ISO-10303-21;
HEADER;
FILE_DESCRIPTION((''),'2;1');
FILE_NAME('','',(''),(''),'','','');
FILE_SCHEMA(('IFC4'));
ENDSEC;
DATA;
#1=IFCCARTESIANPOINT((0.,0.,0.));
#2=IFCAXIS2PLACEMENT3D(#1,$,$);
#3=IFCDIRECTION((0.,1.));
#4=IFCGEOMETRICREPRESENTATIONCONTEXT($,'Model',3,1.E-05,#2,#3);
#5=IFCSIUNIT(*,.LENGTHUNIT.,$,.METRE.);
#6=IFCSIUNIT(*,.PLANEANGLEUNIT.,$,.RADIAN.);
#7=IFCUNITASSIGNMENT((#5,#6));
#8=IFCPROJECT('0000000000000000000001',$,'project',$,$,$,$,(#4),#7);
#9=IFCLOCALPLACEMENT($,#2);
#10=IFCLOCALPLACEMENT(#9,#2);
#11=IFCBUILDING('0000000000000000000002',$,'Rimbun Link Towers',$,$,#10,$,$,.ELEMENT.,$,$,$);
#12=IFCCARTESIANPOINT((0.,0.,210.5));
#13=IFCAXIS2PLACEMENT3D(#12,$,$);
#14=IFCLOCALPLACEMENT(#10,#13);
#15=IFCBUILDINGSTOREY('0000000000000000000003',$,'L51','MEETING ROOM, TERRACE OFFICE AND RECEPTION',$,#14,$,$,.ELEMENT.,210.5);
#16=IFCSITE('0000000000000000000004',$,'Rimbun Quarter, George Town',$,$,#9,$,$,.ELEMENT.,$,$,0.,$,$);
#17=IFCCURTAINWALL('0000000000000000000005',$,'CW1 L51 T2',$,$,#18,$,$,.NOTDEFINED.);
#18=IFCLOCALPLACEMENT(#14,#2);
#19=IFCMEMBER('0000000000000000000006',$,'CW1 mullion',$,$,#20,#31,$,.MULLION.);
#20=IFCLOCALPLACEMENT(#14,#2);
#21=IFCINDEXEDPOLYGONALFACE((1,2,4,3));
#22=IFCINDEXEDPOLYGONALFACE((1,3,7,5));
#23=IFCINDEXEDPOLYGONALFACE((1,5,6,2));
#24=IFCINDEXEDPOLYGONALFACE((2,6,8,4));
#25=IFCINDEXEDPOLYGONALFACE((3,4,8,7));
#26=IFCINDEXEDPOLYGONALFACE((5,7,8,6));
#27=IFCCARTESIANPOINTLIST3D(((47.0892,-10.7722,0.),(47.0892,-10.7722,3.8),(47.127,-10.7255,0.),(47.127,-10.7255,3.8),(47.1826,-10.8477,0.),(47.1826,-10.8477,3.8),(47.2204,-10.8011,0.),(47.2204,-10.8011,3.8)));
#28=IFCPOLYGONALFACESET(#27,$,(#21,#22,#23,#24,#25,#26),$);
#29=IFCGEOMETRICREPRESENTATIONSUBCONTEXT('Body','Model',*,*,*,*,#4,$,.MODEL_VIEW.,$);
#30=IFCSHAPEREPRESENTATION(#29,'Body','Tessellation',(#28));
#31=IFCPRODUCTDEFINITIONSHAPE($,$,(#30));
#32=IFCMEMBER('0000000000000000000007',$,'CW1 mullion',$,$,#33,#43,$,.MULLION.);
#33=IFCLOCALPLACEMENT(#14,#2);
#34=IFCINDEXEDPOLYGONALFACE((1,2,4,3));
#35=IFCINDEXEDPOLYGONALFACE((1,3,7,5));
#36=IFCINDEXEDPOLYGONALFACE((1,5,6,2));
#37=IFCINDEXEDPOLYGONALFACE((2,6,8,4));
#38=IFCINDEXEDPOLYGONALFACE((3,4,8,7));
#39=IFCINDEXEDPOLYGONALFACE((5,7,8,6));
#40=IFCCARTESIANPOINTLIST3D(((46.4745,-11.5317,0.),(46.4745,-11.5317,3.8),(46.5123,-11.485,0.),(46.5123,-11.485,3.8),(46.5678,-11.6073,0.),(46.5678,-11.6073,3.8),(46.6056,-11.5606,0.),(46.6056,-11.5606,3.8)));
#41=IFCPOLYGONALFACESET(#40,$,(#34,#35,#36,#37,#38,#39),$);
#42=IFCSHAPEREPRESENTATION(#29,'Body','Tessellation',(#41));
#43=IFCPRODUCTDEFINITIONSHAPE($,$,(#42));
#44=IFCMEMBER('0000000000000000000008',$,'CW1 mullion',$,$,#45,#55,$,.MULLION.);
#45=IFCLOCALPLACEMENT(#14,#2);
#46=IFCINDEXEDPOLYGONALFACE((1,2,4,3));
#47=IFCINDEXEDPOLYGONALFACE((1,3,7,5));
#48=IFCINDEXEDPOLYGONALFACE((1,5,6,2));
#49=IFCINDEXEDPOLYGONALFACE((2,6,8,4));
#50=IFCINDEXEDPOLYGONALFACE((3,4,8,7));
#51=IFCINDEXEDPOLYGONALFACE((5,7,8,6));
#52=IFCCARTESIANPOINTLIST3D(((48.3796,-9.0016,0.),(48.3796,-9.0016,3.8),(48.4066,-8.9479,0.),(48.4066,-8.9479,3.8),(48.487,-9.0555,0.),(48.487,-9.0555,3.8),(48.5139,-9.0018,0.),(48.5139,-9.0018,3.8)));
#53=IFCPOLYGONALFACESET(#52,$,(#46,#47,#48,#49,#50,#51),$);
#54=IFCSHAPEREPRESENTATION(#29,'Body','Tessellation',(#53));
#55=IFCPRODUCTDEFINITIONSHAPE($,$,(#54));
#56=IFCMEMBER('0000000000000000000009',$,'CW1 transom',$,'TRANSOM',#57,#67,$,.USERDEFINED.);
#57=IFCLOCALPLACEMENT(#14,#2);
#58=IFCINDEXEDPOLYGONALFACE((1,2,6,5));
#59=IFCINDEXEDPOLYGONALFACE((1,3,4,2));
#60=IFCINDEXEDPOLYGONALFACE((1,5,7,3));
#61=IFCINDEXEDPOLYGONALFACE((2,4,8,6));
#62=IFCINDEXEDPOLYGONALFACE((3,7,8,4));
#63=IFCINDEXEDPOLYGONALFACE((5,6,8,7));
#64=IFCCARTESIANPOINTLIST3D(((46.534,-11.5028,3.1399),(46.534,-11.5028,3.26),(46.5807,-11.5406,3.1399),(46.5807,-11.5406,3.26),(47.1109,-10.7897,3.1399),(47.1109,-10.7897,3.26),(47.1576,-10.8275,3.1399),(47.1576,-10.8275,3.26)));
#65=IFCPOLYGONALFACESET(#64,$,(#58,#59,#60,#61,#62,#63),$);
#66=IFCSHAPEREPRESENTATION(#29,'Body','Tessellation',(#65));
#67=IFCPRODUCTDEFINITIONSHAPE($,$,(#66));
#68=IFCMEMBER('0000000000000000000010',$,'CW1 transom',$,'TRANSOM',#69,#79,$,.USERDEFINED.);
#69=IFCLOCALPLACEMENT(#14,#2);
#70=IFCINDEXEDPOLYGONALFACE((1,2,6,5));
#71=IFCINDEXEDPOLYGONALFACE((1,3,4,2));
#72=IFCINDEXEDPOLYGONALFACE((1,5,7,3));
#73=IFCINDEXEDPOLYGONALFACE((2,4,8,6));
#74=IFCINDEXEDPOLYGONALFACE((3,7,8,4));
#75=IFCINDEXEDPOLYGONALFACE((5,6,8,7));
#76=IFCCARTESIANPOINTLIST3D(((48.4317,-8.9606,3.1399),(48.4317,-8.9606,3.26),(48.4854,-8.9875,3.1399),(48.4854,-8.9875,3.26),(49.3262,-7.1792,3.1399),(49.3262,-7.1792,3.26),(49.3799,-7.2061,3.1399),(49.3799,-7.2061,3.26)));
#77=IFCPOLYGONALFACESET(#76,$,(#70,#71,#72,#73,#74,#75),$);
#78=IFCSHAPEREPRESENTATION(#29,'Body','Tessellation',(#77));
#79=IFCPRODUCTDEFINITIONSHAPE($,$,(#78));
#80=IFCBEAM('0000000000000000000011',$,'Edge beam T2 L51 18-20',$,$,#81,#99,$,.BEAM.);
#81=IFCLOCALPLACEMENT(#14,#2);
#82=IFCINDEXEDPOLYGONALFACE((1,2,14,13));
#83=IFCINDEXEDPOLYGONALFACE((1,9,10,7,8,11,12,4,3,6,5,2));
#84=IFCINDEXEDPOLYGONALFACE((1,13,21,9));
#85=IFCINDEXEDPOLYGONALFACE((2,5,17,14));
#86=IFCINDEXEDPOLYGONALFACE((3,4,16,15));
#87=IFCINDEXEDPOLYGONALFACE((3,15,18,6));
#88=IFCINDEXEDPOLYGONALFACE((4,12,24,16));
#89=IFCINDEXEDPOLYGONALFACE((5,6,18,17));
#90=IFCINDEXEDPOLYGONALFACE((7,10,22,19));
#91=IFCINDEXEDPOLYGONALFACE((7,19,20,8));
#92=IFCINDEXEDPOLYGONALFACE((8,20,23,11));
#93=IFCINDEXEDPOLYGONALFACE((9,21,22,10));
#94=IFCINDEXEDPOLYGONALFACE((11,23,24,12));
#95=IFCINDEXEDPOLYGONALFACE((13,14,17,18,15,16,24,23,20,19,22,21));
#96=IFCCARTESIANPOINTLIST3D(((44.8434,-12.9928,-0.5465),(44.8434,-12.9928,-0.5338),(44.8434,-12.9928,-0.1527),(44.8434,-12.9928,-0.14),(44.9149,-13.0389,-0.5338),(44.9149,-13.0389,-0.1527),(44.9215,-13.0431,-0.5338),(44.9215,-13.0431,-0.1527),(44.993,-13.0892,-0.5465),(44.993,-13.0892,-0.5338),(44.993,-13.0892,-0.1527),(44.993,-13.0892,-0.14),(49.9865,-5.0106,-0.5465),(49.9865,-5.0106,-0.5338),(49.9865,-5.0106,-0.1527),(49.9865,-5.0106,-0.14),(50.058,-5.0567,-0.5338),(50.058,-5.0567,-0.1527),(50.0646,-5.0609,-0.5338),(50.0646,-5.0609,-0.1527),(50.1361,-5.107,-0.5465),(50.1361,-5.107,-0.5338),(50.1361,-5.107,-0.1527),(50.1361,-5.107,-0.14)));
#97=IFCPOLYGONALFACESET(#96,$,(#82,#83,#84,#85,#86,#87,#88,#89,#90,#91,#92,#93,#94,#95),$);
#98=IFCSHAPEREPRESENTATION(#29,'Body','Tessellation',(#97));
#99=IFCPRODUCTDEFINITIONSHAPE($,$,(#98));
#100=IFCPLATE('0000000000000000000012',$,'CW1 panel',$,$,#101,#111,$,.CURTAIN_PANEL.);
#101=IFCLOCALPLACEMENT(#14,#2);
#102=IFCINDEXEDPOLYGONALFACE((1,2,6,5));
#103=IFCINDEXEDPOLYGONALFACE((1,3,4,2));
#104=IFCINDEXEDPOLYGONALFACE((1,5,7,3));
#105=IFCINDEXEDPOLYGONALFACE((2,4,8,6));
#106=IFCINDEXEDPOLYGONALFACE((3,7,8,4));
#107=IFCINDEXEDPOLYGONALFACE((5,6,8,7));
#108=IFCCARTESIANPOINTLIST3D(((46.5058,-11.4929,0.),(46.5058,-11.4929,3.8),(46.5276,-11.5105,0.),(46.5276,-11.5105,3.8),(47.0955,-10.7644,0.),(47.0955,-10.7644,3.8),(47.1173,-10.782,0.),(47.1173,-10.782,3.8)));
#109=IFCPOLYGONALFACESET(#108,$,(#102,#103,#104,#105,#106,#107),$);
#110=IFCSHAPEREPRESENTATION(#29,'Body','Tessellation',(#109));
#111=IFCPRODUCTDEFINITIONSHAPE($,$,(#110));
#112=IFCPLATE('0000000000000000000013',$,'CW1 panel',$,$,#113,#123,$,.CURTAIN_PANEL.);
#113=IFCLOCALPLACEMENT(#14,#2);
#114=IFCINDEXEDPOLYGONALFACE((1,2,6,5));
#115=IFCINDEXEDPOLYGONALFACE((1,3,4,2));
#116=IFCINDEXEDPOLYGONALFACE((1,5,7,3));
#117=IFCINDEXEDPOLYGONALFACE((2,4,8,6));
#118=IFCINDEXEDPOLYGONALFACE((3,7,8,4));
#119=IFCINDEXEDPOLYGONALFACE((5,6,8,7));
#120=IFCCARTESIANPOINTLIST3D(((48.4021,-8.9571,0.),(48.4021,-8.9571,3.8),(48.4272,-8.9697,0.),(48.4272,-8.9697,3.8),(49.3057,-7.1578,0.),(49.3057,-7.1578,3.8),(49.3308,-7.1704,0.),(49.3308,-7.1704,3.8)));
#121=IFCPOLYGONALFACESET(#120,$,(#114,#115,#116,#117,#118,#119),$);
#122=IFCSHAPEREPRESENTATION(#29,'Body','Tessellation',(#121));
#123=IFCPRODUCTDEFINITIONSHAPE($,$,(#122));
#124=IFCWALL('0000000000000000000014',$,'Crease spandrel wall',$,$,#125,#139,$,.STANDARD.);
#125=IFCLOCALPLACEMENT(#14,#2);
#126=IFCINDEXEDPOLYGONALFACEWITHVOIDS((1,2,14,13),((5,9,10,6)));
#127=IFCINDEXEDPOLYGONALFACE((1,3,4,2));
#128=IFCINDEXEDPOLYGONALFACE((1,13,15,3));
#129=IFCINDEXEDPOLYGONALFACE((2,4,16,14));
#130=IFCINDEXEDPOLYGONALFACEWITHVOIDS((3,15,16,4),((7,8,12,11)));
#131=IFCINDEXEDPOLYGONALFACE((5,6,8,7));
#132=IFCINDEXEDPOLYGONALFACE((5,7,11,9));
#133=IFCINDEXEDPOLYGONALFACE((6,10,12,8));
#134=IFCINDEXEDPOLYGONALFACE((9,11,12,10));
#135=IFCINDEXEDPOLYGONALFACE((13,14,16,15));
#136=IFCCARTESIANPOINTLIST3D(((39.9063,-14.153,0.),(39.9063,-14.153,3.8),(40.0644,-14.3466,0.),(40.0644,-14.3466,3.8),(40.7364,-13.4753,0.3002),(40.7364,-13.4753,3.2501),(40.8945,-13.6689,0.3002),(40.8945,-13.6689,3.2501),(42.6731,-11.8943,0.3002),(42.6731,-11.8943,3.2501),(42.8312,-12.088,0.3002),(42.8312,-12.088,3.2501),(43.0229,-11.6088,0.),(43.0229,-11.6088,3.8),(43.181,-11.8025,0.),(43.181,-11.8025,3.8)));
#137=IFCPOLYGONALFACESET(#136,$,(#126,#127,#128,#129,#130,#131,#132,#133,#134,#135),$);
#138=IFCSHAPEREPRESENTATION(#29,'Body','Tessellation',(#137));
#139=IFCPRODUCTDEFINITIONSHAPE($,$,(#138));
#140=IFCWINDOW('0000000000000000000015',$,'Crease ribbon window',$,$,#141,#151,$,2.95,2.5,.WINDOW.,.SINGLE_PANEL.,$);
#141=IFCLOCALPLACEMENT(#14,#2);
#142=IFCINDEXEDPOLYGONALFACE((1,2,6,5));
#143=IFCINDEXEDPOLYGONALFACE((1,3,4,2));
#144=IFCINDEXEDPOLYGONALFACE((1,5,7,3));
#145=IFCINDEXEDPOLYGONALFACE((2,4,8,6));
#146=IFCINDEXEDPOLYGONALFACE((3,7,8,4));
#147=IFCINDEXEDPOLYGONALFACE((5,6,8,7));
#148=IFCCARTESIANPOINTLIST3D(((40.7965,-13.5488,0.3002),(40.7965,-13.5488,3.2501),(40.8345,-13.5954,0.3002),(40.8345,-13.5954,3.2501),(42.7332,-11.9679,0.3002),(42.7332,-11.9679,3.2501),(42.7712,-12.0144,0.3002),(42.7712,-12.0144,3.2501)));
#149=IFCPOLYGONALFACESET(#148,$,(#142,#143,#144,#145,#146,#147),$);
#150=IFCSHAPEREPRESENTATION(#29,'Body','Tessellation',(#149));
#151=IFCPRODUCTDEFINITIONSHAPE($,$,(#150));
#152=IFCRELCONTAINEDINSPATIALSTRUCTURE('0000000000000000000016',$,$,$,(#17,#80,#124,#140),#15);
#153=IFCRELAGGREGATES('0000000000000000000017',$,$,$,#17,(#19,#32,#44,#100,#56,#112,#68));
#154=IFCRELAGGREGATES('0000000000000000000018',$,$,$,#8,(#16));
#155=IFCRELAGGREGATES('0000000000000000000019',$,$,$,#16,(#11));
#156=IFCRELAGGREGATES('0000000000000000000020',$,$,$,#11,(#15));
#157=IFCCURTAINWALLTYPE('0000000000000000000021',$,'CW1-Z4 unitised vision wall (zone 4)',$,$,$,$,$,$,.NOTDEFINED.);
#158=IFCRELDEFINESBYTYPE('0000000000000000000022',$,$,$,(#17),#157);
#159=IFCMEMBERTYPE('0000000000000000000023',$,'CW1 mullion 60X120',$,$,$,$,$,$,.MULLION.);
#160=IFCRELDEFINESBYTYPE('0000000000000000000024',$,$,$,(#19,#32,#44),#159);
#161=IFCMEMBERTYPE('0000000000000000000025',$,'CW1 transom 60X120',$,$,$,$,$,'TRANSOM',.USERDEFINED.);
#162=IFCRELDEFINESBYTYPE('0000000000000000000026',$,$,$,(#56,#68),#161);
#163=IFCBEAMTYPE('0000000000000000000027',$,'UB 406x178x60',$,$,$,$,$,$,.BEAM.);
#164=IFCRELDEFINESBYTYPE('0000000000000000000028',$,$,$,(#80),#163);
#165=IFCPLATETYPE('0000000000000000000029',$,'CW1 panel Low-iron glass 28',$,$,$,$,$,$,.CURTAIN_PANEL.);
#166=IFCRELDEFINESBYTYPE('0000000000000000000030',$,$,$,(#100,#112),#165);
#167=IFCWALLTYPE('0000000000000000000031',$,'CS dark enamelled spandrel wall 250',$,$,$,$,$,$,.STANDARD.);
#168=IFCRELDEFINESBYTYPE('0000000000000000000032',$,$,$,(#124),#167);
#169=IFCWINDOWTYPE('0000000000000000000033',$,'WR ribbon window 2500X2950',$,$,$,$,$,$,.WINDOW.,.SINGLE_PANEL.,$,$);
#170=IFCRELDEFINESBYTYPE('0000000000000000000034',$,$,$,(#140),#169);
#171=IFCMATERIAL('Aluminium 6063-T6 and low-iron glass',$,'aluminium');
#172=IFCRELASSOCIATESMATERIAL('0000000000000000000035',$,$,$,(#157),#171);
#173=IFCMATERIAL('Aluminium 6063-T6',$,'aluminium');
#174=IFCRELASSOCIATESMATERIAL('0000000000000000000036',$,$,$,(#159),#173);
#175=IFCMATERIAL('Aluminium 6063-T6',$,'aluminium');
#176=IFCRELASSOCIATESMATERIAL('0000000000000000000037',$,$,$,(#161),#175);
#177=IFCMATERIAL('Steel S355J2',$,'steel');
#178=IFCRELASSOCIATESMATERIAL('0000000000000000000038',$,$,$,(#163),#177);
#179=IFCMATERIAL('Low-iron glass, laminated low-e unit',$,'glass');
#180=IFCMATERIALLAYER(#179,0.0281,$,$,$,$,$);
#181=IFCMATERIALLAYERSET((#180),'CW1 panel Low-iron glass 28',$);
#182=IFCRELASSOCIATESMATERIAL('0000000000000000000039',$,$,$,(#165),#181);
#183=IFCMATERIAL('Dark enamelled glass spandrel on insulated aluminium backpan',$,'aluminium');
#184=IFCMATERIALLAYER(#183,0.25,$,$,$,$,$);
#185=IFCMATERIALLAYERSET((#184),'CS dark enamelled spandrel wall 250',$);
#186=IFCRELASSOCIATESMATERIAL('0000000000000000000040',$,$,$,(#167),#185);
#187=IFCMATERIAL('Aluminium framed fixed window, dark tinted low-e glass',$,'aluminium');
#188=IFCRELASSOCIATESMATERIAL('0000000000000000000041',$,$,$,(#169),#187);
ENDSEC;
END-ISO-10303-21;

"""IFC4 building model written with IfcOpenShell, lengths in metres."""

from ifc_helpers import new_model, si_unit, direction, frame, frame_2d, origin, origin_2d, place, context, subcontext, project, spatial, rectangle, i_section, extrude, material, layer, layer_set, material_profile, profile_set, type_object, element, fill, aggregate, save


model = new_model("IFC4")

# Units and contexts
model_context = context("Model", 3, precision=1e-05, world=origin(), true_north=direction((0.0, 1.0)))
body_context = subcontext(model_context, "Body", "Model", "MODEL_VIEW")
ifc_project = project(units=[si_unit("LENGTHUNIT", "METRE"), si_unit("PLANEANGLEUNIT", "RADIAN")], contexts=[model_context])

# Site, building, storey
site_placement = place(None, origin())
site = spatial("IfcSite", under=ifc_project, at=site_placement, Name="Rimbun Quarter, George Town", CompositionType="ELEMENT", RefElevation=0.0)
building_placement = place(site_placement, origin())
building = spatial("IfcBuilding", under=site, at=building_placement, Name="Rimbun Link Towers", CompositionType="ELEMENT")
storey_placement = place(building_placement, frame((0.0, 0.0, 210.5)))
storey = spatial("IfcBuildingStorey", under=building, at=storey_placement, Name="L51", Description="MEETING ROOM, TERRACE OFFICE AND RECEPTION", CompositionType="ELEMENT", Elevation=210.5)

# Curtain wall, members
ifc_material_1 = material(Name="Aluminium 6063-T6 and low-iron glass", Category="aluminium")
curtain_wall_type = type_object("IfcCurtainWallType", Name="CW1-Z4 unitised vision wall (zone 4)", PredefinedType="NOTDEFINED", material=ifc_material_1)
curtain_wall_placement = place(storey_placement, origin())
curtain_wall = element("IfcCurtainWall", 1, at=curtain_wall_placement, inside=storey, type_object=curtain_wall_type, Name="CW1 L51 T2", PredefinedType="NOTDEFINED")
ifc_material_2 = material(Name="Aluminium 6063-T6", Category="aluminium")
ifc_material_profile_1 = material_profile(ifc_material_2, rectangle(XDim=0.1201, YDim=0.0601, at=origin_2d()), Name="MULLION 60X120")
ifc_profile_set_1 = profile_set([ifc_material_profile_1], Name="Aluminium 6063-T6")
member_type_1 = type_object("IfcMemberType", Name="CW1 mullion 60X120", PredefinedType="MULLION", material=ifc_profile_set_1)
member_1_placement = place(storey_placement, frame((47.1548, -10.7866, 0.0), z_axis=(0.0, 0.0, 1.0), x_axis=(0.777266, -0.629172, 0.0)))
member_1 = element("IfcMember", 2, at=member_1_placement, type_object=member_type_1, Name="CW1 mullion", PredefinedType="MULLION", context=body_context, shape_type="SweptSolid", body=[
    extrude(rectangle(XDim=0.1201, YDim=0.0601, at=origin_2d()), origin(), (0.0, 0.0, 1.0), 3.8),
])
member_2_placement = place(storey_placement, frame((46.54, -11.5461, 0.0), z_axis=(0.0, 0.0, 1.0), x_axis=(0.777266, -0.629172, 0.0)))
member_2 = element("IfcMember", 3, at=member_2_placement, type_object=member_type_1, Name="CW1 mullion", PredefinedType="MULLION", context=body_context, shape_type="SweptSolid", body=[
    extrude(rectangle(XDim=0.1201, YDim=0.0601, at=origin_2d()), origin(), (0.0, 0.0, 1.0), 3.8),
])
member_3_placement = place(storey_placement, frame((48.4468, -9.0017, 0.0), z_axis=(0.0, 0.0, 1.0), x_axis=(0.89365, -0.448764, 0.0)))
member_3 = element("IfcMember", 4, at=member_3_placement, type_object=member_type_1, Name="CW1 mullion", PredefinedType="MULLION", context=body_context, shape_type="SweptSolid", body=[
    extrude(rectangle(XDim=0.1201, YDim=0.0601, at=origin_2d()), origin(), (0.0, 0.0, 1.0), 3.8),
])
ifc_material_3 = material(Name="Aluminium 6063-T6", Category="aluminium")
ifc_material_profile_2 = material_profile(ifc_material_3, rectangle(XDim=0.0601, YDim=0.1201, at=origin_2d()), Name="TRANSOM 60X120")
ifc_profile_set_2 = profile_set([ifc_material_profile_2], Name="Aluminium 6063-T6")
member_type_2 = type_object("IfcMemberType", Name="CW1 transom 60X120", ElementType="TRANSOM", PredefinedType="USERDEFINED", material=ifc_profile_set_2)
member_4_placement = place(storey_placement, frame((47.1343, -10.8086, 3.2), z_axis=(-0.628938, -0.777456, 0.0), x_axis=(0.777456, -0.628938, 0.0)))
member_4 = element("IfcMember", 5, at=member_4_placement, type_object=member_type_2, Name="CW1 transom", ObjectType="TRANSOM", PredefinedType="USERDEFINED", context=body_context, shape_type="SweptSolid", body=[
    extrude(rectangle(XDim=0.0601, YDim=0.1201, at=origin_2d()), origin(), (0.0, 0.0, 1.0), 0.9172),
])
member_5_placement = place(storey_placement, frame((49.353, -7.1926, 3.2), z_axis=(-0.448732, -0.893667, 0.0), x_axis=(0.893667, -0.448732, 0.0)))
member_5 = element("IfcMember", 6, at=member_5_placement, type_object=member_type_2, Name="CW1 transom", ObjectType="TRANSOM", PredefinedType="USERDEFINED", context=body_context, shape_type="SweptSolid", body=[
    extrude(rectangle(XDim=0.0601, YDim=0.1201, at=origin_2d()), origin(), (0.0, 0.0, 1.0), 1.9934),
])

# Beam
ifc_material_4 = material(Name="Steel S355J2", Category="steel")
ifc_material_profile_3 = material_profile(ifc_material_4, i_section(OverallWidth=0.178, OverallDepth=0.4065, WebThickness=0.0078, FlangeThickness=0.0127, at=origin_2d()), Name="UB 406x178x60")
ifc_profile_set_3 = profile_set([ifc_material_profile_3], Name="Steel S355J2")
beam_type = type_object("IfcBeamType", Name="UB 406x178x60", PredefinedType="BEAM", material=ifc_profile_set_3)
beam_placement = place(storey_placement, frame((44.9182, -13.041, -0.3433), z_axis=(0.541627, 0.840619, 0.0), x_axis=(-0.840619, 0.541627, 0.0)))
element("IfcBeam", 7, at=beam_placement, inside=storey, type_object=beam_type, Name="Edge beam T2 L51 18-20", PredefinedType="BEAM", context=body_context, shape_type="SweptSolid", body=[
    extrude(i_section(OverallWidth=0.178, OverallDepth=0.4065, WebThickness=0.0078, FlangeThickness=0.0127, at=origin_2d()), origin(), (0.0, 0.0, 1.0), 9.4956),
])

# Plates
ifc_material_5 = material(Name="Low-iron glass, laminated low-e unit", Category="glass")
ifc_layer_1 = layer(ifc_material_5, 0.0281)
ifc_layer_set_1 = layer_set([ifc_layer_1], Name="CW1 panel Low-iron glass 28")
plate_type = type_object("IfcPlateType", Name="CW1 panel Low-iron glass 28", PredefinedType="CURTAIN_PANEL", material=ifc_layer_set_1)
plate_1_placement = place(storey_placement, frame((46.8115, -11.1375, 0.0), z_axis=(0.0, 0.0, 1.0), x_axis=(-0.629172, -0.777266, 0.0)))
plate_1 = element("IfcPlate", 8, at=plate_1_placement, type_object=plate_type, Name="CW1 panel", PredefinedType="CURTAIN_PANEL", context=body_context, shape_type="SweptSolid", body=[
    extrude(rectangle(XDim=0.9373, YDim=0.0281, at=origin_2d()), origin(), (0.0, 0.0, 1.0), 3.8),
])
plate_2_placement = place(storey_placement, frame((48.8665, -8.0637, 0.0), z_axis=(0.0, 0.0, 1.0), x_axis=(-0.448764, -0.89365, 0.0)))
plate_2 = element("IfcPlate", 9, at=plate_2_placement, type_object=plate_type, Name="CW1 panel", PredefinedType="CURTAIN_PANEL", context=body_context, shape_type="SweptSolid", body=[
    extrude(rectangle(XDim=2.0134, YDim=0.0281, at=origin_2d()), origin(), (0.0, 0.0, 1.0), 3.8),
])
aggregate(curtain_wall, [member_1, member_2, member_3, plate_1, member_4, plate_2, member_5])

# Wall, opening, window
ifc_material_6 = material(Name="Dark enamelled glass spandrel on insulated aluminium backpan", Category="aluminium")
ifc_layer_2 = layer(ifc_material_6, 0.25)
ifc_layer_set_2 = layer_set([ifc_layer_2], Name="CS dark enamelled spandrel wall 250")
wall_type_1 = type_object("IfcWallType", Name="CS dark enamelled spandrel wall 250", PredefinedType="STANDARD", material=ifc_layer_set_2)
wall_1_placement = place(storey_placement, frame((43.1021, -11.7056, 0.0), z_axis=(0.0, 0.0, 1.0), x_axis=(-0.774668, -0.632368, 0.0)))
wall_1 = element("IfcWall", 10, at=wall_1_placement, inside=storey, type_object=wall_type_1, Name="Crease spandrel wall", PredefinedType="STANDARD", context=body_context, shape_type="SweptSolid", body=[
    extrude(rectangle(XDim=4.0232, YDim=0.25, at=frame_2d((2.0117, 0.0))), origin(), (0.0, 0.0, 1.0), 3.8),
])
opening_1_placement = place(wall_1_placement, frame((0.4517, 0.0, 0.3)))
opening_1 = element("IfcOpeningElement", 11, at=opening_1_placement, cuts=wall_1, PredefinedType="OPENING", context=body_context, shape_type="SweptSolid", body=[
    extrude(rectangle(XDim=2.5, YDim=2.95, at=frame_2d((1.25, 1.4751))), frame((0.0, 0.135, 0.0), z_axis=(0.0, -1.0, 0.0), x_axis=(1.0, 0.0, 0.0)), (0.0, 0.0, 1.0), 0.27),
])
ifc_material_7 = material(Name="Aluminium framed fixed window, dark tinted low-e glass", Category="aluminium")
window_type_1 = type_object("IfcWindowType", Name="WR ribbon window 2500X2950", PartitioningType="SINGLE_PANEL", PredefinedType="WINDOW", material=ifc_material_7)
window_1_placement = place(opening_1_placement, origin())
window_1 = element("IfcWindow", 12, at=window_1_placement, inside=storey, type_object=window_type_1, Name="Crease ribbon window", OverallHeight=2.95, OverallWidth=2.5, PartitioningType="SINGLE_PANEL", PredefinedType="WINDOW", context=body_context, shape_type="SweptSolid", body=[
    extrude(rectangle(XDim=2.5, YDim=2.95, at=frame_2d((1.25, 1.4751))), frame((0.0, 0.03, 0.0), z_axis=(0.0, -1.0, 0.0), x_axis=(1.0, 0.0, 0.0)), (0.0, 0.0, 1.0), 0.0601),
])
fill(opening_1, window_1)

save(model, "model.ifc")
